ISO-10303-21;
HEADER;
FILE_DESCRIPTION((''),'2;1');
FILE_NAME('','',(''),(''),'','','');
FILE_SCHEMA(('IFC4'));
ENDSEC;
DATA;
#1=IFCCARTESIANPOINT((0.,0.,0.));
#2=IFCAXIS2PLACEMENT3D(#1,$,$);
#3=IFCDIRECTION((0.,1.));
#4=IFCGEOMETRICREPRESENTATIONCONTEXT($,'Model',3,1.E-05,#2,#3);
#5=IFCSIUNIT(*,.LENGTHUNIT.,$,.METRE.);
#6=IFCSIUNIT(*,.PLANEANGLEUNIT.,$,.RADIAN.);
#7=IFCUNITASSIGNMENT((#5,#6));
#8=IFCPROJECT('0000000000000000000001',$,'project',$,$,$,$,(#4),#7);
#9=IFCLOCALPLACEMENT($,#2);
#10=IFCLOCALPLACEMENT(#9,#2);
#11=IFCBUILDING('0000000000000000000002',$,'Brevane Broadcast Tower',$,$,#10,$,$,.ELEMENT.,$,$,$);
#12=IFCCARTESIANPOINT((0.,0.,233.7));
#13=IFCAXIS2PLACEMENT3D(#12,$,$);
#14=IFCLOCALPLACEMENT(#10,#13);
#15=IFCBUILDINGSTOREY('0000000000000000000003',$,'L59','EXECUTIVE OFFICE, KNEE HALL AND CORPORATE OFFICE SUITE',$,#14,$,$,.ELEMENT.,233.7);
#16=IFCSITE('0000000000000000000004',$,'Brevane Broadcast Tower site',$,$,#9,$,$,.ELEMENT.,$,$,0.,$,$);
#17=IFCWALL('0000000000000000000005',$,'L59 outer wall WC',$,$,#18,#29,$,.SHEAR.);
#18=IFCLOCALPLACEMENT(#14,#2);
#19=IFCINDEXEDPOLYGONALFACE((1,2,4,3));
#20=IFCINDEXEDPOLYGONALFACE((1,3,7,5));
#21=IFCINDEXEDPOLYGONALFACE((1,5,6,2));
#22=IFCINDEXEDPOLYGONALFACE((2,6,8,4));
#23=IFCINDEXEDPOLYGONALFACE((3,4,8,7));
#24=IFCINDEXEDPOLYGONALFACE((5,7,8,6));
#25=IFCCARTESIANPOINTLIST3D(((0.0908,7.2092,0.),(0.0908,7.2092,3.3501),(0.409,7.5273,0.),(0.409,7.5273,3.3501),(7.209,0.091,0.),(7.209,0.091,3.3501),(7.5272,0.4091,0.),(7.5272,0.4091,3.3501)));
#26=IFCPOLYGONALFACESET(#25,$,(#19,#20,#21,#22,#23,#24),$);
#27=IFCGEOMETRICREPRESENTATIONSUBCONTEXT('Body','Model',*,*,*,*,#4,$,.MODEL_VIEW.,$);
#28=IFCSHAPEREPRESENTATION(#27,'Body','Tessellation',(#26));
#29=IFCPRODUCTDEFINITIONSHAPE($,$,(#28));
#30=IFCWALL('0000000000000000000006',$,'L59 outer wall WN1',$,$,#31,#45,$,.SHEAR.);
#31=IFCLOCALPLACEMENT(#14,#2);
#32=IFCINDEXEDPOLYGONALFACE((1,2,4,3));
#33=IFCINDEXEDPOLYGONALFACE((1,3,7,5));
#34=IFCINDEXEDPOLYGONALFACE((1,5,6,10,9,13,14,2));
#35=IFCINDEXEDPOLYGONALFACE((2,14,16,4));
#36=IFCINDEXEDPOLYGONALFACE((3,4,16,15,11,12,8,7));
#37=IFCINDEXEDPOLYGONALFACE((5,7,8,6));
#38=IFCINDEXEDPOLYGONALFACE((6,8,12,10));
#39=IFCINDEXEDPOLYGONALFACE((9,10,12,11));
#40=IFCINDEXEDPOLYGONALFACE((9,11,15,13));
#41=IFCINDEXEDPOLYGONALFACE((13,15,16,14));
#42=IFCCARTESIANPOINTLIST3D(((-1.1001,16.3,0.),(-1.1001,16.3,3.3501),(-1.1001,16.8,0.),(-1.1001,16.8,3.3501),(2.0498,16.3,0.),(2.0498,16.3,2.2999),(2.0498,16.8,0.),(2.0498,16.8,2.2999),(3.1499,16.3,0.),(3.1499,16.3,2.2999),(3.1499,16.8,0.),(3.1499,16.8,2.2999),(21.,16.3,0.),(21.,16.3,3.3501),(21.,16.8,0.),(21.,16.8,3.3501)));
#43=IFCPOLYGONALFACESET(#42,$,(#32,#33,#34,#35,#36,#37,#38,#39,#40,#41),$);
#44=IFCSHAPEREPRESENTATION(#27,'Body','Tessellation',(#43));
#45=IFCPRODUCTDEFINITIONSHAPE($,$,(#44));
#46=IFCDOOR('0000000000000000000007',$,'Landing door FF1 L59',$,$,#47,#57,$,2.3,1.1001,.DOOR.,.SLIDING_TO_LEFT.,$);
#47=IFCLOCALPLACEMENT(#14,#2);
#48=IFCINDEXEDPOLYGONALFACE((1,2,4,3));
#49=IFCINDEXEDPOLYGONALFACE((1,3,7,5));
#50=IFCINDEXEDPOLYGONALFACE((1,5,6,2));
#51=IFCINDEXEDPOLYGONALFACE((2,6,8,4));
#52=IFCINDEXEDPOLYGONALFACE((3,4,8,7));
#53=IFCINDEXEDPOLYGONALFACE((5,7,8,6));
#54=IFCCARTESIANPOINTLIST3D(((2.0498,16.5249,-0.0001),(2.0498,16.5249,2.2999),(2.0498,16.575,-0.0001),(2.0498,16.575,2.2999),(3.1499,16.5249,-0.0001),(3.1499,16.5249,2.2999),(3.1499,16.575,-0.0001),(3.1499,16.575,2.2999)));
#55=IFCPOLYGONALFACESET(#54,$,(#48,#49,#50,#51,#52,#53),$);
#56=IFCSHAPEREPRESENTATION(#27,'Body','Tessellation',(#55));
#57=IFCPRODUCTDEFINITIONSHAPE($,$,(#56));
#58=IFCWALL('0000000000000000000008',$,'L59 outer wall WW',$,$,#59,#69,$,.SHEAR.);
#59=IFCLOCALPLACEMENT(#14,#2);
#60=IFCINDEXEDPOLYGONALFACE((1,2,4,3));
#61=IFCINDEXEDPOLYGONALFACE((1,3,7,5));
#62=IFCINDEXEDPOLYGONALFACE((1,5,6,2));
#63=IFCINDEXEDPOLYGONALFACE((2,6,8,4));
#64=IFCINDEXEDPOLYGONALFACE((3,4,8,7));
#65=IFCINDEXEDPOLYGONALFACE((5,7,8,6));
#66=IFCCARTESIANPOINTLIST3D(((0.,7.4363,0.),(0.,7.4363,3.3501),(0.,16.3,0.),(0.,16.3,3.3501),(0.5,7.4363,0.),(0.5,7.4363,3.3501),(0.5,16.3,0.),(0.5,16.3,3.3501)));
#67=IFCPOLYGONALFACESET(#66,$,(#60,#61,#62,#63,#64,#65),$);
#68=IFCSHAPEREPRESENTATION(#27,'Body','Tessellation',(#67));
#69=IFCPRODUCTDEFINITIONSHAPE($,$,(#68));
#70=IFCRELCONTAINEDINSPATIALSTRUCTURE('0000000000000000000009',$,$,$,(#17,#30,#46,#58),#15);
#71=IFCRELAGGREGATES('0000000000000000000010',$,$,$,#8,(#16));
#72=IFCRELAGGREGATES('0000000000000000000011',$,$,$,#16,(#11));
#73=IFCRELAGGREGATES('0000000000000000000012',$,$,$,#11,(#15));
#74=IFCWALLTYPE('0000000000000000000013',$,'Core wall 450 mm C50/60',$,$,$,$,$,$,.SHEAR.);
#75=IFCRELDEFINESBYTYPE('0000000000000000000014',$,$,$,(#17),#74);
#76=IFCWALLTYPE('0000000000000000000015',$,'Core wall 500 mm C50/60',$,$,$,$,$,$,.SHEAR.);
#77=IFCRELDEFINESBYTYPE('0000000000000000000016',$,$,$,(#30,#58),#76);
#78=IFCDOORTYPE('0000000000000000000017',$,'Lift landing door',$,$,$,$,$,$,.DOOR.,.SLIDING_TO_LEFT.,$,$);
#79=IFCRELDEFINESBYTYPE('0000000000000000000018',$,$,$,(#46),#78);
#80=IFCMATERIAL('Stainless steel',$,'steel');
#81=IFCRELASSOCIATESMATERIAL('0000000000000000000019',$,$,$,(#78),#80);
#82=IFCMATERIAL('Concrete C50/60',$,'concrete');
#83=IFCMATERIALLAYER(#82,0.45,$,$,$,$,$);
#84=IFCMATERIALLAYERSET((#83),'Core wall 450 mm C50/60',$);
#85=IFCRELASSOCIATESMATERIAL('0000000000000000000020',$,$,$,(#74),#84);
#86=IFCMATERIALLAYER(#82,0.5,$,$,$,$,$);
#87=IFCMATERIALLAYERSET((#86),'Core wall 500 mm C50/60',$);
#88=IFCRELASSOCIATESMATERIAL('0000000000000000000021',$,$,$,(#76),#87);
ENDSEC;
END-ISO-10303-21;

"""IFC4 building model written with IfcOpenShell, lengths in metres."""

from ifc_helpers import new_model, si_unit, direction, frame, frame_2d, origin, place, context, subcontext, project, spatial, rectangle, extrude, material, layer, layer_set, type_object, element, fill, save


model = new_model("IFC4")

# Units and contexts
model_context = context("Model", 3, precision=1e-05, world=origin(), true_north=direction((0.0, 1.0)))
body_context = subcontext(model_context, "Body", "Model", "MODEL_VIEW")
ifc_project = project(units=[si_unit("LENGTHUNIT", "METRE"), si_unit("PLANEANGLEUNIT", "RADIAN")], contexts=[model_context])

# Site, building, storey
site_placement = place(None, origin())
site = spatial("IfcSite", under=ifc_project, at=site_placement, Name="Brevane Broadcast Tower site", CompositionType="ELEMENT", RefElevation=0.0)
building_placement = place(site_placement, origin())
building = spatial("IfcBuilding", under=site, at=building_placement, Name="Brevane Broadcast Tower", CompositionType="ELEMENT")
storey_placement = place(building_placement, frame((0.0, 0.0, 233.7)))
storey = spatial("IfcBuildingStorey", under=building, at=storey_placement, Name="L59", Description="EXECUTIVE OFFICE, KNEE HALL AND CORPORATE OFFICE SUITE", CompositionType="ELEMENT", Elevation=233.7)

# Shared definitions
ifc_material_1 = material(Name="Concrete C50/60", Category="concrete")
ifc_material_2 = material(Name="Stainless steel", Category="steel")
door_type_1 = type_object("IfcDoorType", Name="Lift landing door", OperationType="SLIDING_TO_LEFT", PredefinedType="DOOR", material=ifc_material_2)

# Wall
ifc_layer_1 = layer(ifc_material_1, 0.45)
ifc_layer_set_1 = layer_set([ifc_layer_1], Name="Core wall 450 mm C50/60")
wall_type_1 = type_object("IfcWallType", Name="Core wall 450 mm C50/60", PredefinedType="SHEAR", material=ifc_layer_set_1)
wall_1_placement = place(storey_placement, frame((0.25, 7.3682, 0.0), z_axis=(0.0, 0.0, 1.0), x_axis=(0.707107, -0.707107, 0.0)))
element("IfcWall", 1, at=wall_1_placement, inside=storey, type_object=wall_type_1, Name="L59 outer wall WC", PredefinedType="SHEAR", context=body_context, shape_type="SweptSolid", body=[
    extrude(rectangle(XDim=10.0667, YDim=0.45, at=frame_2d((5.0332, 0.0))), origin(), (0.0, 0.0, 1.0), 3.3501),
])

# Wall, opening, door
ifc_layer_2 = layer(ifc_material_1, 0.5)
ifc_layer_set_2 = layer_set([ifc_layer_2], Name="Core wall 500 mm C50/60")
wall_type_2 = type_object("IfcWallType", Name="Core wall 500 mm C50/60", PredefinedType="SHEAR", material=ifc_layer_set_2)
wall_2_placement = place(storey_placement, frame((-1.1001, 16.55, 0.0), z_axis=(0.0, 0.0, 1.0), x_axis=(1.0, 0.0, 0.0)))
wall_2 = element("IfcWall", 2, at=wall_2_placement, inside=storey, type_object=wall_type_2, Name="L59 outer wall WN1", PredefinedType="SHEAR", context=body_context, shape_type="SweptSolid", body=[
    extrude(rectangle(XDim=22.1001, YDim=0.5, at=frame_2d((11.05, 0.0))), origin(), (0.0, 0.0, 1.0), 3.3501),
])
opening_1_placement = place(wall_2_placement, frame((3.1499, 0.0, 0.0)))
opening_1 = element("IfcOpeningElement", 3, at=opening_1_placement, cuts=wall_2, PredefinedType="OPENING", context=body_context, shape_type="SweptSolid", body=[
    extrude(rectangle(XDim=1.1001, YDim=2.3, at=frame_2d((0.55, 1.1499))), frame((0.0, 0.26, 0.0), z_axis=(0.0, -1.0, 0.0), x_axis=(1.0, 0.0, 0.0)), (0.0, 0.0, 1.0), 0.52),
])
door_1_placement = place(opening_1_placement, origin())
door_1 = element("IfcDoor", 4, at=door_1_placement, inside=storey, type_object=door_type_1, Name="Landing door FF1 L59", OperationType="SLIDING_TO_LEFT", OverallHeight=2.3, OverallWidth=1.1001, PredefinedType="DOOR", context=body_context, shape_type="SweptSolid", body=[
    extrude(rectangle(XDim=1.1001, YDim=2.3, at=frame_2d((0.55, 1.1499))), frame((0.0, 0.0249, 0.0), z_axis=(0.0, -1.0, 0.0), x_axis=(1.0, 0.0, 0.0)), (0.0, 0.0, 1.0), 0.05),
])
fill(opening_1, door_1)

# Wall
wall_3_placement = place(storey_placement, frame((0.25, 7.4363, 0.0), z_axis=(0.0, 0.0, 1.0), x_axis=(0.0, 1.0, 0.0)))
element("IfcWall", 5, at=wall_3_placement, inside=storey, type_object=wall_type_2, Name="L59 outer wall WW", PredefinedType="SHEAR", context=body_context, shape_type="SweptSolid", body=[
    extrude(rectangle(XDim=8.8638, YDim=0.5, at=frame_2d((4.4319, 0.0))), origin(), (0.0, 0.0, 1.0), 3.3501),
])

save(model, "model.ifc")
